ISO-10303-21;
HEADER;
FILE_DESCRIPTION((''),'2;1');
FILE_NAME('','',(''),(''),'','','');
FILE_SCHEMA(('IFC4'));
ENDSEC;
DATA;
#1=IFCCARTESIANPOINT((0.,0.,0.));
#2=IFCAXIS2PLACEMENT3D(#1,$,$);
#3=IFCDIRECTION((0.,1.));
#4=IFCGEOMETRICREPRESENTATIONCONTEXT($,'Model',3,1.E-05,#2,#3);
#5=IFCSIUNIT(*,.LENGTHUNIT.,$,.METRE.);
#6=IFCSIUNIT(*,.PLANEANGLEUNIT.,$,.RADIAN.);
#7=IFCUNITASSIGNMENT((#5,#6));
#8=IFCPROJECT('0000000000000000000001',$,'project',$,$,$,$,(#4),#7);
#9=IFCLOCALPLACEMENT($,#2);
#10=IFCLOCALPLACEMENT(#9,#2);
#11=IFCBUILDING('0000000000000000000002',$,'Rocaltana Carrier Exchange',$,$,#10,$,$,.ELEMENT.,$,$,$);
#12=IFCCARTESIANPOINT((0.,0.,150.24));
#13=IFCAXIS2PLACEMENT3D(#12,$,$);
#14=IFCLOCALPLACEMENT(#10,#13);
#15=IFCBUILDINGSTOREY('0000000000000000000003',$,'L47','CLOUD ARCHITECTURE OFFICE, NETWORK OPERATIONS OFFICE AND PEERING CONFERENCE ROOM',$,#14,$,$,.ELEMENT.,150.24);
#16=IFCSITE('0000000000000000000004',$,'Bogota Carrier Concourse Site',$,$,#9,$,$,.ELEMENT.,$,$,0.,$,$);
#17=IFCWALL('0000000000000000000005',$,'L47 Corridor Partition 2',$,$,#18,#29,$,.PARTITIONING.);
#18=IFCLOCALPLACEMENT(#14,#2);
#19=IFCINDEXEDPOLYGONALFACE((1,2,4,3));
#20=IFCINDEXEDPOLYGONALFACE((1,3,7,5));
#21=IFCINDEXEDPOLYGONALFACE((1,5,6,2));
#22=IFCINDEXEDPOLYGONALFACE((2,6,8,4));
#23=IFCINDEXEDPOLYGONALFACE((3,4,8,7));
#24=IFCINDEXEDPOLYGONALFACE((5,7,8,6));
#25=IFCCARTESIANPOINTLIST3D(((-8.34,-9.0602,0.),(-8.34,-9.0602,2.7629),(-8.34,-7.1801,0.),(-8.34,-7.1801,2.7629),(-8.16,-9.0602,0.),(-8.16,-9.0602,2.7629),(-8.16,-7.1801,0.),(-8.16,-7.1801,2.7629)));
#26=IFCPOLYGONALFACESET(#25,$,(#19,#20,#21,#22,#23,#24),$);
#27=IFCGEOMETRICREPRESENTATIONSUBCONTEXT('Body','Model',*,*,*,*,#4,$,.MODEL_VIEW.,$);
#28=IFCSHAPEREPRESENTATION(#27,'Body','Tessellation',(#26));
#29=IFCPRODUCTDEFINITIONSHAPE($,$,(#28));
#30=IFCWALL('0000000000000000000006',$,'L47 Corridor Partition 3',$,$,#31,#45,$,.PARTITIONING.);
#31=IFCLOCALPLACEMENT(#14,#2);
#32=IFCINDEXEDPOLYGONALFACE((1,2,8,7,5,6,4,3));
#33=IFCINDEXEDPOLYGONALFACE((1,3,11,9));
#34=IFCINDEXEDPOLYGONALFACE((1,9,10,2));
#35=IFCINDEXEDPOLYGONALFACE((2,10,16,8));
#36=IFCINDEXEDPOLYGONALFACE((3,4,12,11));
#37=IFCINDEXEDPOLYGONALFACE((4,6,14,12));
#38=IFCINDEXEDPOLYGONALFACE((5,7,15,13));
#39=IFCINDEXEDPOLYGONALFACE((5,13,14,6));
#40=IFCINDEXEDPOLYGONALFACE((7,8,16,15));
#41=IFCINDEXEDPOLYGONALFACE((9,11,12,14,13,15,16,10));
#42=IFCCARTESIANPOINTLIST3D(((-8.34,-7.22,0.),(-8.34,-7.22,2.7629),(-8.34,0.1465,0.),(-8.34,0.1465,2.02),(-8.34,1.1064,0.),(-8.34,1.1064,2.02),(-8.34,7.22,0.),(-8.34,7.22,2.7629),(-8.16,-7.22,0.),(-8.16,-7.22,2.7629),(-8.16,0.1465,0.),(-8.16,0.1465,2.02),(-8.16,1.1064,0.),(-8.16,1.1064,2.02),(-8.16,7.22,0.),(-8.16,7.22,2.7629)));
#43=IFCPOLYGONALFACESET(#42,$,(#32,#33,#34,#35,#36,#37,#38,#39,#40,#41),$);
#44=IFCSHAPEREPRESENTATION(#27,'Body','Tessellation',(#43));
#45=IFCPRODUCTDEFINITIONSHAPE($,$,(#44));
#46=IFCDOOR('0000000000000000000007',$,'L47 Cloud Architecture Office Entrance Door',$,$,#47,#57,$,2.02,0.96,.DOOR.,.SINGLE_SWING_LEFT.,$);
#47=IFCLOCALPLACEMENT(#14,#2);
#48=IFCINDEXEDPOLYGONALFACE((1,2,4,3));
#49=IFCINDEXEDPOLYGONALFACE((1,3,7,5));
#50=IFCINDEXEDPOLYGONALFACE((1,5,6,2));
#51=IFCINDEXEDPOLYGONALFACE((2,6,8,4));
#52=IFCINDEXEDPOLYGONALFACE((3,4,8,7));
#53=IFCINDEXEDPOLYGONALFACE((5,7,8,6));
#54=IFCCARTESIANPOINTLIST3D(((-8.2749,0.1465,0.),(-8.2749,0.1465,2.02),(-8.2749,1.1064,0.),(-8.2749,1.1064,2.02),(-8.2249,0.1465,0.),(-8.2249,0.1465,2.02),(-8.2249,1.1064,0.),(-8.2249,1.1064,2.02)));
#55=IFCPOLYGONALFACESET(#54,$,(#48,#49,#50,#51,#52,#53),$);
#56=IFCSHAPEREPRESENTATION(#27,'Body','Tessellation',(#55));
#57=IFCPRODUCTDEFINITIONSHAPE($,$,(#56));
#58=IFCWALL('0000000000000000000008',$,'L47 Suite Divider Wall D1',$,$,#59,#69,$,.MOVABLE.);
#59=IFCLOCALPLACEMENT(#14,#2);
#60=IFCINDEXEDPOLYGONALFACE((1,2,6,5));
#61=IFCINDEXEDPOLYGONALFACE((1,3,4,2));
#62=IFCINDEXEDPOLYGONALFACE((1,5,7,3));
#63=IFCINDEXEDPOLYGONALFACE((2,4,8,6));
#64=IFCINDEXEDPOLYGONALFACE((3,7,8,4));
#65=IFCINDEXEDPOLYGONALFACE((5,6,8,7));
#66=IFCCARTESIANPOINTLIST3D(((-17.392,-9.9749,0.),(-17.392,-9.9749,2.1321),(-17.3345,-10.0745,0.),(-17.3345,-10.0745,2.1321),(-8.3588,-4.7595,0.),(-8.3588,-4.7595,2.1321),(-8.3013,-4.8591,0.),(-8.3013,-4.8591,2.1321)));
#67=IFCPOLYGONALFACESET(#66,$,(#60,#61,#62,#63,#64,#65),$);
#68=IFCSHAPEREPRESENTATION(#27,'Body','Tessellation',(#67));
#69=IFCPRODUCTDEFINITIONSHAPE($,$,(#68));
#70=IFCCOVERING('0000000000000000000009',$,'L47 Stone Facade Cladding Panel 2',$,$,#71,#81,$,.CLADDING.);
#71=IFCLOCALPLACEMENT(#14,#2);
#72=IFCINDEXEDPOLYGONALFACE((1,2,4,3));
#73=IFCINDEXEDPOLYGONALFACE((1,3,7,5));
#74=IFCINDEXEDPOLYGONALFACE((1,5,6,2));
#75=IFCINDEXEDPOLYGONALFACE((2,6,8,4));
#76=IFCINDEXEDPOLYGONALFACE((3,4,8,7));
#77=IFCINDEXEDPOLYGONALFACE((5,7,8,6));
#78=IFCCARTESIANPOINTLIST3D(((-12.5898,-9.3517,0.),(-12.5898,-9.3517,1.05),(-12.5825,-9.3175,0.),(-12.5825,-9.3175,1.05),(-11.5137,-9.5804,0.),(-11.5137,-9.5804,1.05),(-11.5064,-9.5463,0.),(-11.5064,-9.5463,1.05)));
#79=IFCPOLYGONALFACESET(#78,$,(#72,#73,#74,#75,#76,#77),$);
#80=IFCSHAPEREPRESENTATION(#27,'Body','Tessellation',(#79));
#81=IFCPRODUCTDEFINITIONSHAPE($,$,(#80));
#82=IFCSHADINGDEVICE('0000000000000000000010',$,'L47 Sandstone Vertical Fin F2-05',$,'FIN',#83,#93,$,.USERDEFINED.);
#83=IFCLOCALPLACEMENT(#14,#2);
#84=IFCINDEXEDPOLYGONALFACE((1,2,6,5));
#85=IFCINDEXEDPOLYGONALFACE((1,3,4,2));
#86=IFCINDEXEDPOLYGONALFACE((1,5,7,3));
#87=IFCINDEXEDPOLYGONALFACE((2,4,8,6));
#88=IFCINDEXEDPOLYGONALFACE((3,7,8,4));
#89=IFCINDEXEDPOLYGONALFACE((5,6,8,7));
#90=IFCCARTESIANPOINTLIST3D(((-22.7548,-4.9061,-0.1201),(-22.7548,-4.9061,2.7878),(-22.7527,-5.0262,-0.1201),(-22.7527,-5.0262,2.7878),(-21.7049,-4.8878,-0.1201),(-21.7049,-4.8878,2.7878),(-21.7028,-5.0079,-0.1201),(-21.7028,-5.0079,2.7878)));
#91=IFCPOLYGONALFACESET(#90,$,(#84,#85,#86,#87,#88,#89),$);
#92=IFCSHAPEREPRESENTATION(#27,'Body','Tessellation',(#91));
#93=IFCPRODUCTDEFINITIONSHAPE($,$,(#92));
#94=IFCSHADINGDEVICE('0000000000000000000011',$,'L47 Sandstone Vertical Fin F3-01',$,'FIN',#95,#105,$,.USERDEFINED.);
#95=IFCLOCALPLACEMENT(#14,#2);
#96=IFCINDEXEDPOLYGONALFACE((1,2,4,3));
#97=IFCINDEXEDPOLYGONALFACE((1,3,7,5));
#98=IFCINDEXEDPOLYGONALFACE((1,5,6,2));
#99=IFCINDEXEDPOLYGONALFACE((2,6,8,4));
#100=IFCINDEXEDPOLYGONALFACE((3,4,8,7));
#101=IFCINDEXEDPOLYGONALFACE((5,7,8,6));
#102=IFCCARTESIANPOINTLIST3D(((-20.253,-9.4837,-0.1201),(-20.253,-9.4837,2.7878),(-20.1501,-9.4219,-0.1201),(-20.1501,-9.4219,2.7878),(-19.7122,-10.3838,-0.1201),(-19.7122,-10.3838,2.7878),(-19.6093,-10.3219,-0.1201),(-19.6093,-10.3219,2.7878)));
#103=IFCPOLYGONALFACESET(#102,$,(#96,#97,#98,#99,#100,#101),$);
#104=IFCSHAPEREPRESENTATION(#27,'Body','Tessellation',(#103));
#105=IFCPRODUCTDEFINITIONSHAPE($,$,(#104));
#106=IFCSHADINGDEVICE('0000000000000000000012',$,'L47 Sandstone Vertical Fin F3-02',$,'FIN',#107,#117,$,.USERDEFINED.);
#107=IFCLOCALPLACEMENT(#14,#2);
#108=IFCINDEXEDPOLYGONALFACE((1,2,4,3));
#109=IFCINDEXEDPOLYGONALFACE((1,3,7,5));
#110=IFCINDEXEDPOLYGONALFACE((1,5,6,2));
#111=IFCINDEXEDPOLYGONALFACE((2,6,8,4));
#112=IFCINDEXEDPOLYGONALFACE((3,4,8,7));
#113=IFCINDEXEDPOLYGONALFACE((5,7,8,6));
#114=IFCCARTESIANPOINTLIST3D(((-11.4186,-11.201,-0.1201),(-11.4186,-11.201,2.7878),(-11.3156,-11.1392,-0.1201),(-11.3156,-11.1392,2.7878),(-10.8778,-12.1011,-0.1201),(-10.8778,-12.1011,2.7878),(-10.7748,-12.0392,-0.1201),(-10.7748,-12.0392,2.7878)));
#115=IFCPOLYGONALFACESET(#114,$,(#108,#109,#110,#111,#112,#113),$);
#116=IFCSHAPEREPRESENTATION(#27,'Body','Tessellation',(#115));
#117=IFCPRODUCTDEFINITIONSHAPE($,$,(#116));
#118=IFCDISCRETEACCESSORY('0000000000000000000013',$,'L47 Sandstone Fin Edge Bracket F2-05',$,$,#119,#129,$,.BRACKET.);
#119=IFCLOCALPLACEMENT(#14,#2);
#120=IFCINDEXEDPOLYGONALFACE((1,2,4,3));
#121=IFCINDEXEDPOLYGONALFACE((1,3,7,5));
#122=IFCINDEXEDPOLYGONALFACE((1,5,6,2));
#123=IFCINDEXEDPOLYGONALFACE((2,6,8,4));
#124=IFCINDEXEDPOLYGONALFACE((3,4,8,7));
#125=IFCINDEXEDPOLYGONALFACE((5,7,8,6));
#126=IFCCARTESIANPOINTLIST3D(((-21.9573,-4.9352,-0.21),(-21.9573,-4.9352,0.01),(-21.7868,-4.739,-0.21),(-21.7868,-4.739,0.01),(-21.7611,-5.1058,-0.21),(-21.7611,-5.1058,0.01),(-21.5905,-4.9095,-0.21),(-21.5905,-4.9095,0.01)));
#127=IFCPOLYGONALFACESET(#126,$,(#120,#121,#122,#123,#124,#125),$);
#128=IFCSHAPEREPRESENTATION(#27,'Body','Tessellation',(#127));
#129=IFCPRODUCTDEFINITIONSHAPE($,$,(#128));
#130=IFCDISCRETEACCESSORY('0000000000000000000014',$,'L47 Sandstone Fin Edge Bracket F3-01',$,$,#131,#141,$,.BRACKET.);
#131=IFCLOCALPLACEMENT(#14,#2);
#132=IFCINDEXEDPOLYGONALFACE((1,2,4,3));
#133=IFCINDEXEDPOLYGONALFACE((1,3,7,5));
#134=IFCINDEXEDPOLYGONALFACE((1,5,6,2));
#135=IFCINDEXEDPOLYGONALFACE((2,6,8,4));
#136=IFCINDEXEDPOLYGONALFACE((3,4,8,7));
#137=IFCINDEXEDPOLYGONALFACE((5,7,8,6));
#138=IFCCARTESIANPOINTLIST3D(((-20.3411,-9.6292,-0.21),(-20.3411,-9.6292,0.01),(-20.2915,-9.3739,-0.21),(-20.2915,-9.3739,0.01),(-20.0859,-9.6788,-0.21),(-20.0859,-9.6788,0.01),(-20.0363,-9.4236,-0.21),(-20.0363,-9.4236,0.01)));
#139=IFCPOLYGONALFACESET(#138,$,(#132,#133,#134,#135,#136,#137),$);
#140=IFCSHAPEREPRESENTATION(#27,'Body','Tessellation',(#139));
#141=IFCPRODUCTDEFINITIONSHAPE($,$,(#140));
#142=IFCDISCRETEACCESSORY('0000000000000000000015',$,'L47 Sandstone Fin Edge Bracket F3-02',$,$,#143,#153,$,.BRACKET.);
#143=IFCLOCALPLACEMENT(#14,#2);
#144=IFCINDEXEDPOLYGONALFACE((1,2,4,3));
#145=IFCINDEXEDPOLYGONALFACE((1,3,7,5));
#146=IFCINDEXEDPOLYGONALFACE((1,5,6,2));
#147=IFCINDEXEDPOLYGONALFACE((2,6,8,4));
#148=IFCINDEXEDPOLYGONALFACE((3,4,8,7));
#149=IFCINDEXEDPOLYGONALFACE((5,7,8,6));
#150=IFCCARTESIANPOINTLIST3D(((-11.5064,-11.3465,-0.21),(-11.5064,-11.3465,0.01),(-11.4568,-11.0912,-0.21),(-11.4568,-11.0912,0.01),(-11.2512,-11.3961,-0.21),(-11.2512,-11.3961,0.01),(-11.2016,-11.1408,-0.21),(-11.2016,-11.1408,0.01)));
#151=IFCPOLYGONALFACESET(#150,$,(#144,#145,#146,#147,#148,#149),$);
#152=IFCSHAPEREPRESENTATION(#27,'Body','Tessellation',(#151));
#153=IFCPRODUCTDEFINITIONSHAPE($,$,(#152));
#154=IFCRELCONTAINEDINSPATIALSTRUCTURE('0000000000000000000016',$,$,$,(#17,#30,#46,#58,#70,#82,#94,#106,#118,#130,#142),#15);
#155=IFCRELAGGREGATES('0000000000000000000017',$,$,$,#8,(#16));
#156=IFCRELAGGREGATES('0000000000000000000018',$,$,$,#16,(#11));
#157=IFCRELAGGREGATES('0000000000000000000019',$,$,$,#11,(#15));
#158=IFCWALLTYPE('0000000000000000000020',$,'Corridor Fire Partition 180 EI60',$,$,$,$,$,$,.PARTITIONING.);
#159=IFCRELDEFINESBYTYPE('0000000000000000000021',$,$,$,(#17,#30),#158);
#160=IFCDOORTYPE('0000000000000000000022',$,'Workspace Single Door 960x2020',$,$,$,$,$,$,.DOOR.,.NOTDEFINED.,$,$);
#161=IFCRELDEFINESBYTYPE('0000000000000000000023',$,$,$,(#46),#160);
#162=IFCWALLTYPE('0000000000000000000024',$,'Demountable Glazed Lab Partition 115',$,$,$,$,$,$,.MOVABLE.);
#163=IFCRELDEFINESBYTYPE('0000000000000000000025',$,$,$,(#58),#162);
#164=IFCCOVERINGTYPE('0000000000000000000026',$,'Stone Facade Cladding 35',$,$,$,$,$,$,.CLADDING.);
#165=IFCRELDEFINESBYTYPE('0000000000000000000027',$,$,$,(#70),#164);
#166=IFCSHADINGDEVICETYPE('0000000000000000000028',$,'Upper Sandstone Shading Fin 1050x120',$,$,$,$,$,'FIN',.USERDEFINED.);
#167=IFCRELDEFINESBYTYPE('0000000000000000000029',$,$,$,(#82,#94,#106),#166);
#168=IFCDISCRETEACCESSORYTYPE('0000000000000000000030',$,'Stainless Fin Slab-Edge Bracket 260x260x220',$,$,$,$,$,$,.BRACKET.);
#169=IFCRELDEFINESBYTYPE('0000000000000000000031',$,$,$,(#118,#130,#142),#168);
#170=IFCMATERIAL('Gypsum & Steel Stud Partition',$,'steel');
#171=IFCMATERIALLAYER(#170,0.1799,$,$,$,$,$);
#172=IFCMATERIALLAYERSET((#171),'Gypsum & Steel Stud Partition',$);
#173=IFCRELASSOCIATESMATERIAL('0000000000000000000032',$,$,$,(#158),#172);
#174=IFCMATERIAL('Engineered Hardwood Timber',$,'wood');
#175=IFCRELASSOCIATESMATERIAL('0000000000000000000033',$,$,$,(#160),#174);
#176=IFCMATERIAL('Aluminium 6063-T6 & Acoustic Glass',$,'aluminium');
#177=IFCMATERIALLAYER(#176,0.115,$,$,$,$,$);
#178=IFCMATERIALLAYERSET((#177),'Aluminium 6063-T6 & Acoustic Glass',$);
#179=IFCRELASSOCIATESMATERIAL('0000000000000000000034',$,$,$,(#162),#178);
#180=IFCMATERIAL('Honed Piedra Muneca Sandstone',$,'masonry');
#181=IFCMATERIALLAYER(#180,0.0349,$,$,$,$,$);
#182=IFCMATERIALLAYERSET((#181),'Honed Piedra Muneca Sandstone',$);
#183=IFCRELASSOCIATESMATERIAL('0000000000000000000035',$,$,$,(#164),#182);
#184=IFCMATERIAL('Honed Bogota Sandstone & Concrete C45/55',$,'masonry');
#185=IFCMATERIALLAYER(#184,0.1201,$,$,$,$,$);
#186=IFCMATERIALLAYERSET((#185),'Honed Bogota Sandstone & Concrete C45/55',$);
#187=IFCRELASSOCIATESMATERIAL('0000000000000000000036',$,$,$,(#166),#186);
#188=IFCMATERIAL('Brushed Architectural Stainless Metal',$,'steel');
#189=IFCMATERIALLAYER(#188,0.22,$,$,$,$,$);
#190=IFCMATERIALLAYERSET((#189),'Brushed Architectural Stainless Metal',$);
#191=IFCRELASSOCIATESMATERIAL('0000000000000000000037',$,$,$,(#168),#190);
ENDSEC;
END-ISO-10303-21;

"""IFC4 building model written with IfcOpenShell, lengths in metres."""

from ifc_helpers import new_model, si_unit, direction, frame, frame_2d, origin, origin_2d, place, context, subcontext, project, spatial, rectangle, extrude, material, layer, layer_set, type_object, element, fill, save


model = new_model("IFC4")

# Units and contexts
model_context = context("Model", 3, precision=1e-05, world=origin(), true_north=direction((0.0, 1.0)))
body_context = subcontext(model_context, "Body", "Model", "MODEL_VIEW")
ifc_project = project(units=[si_unit("LENGTHUNIT", "METRE"), si_unit("PLANEANGLEUNIT", "RADIAN")], contexts=[model_context])

# Site, building, storey
site_placement = place(None, origin())
site = spatial("IfcSite", under=ifc_project, at=site_placement, Name="Bogota Carrier Concourse Site", CompositionType="ELEMENT", RefElevation=0.0)
building_placement = place(site_placement, origin())
building = spatial("IfcBuilding", under=site, at=building_placement, Name="Rocaltana Carrier Exchange", CompositionType="ELEMENT")
storey_placement = place(building_placement, frame((0.0, 0.0, 150.24)))
storey = spatial("IfcBuildingStorey", under=building, at=storey_placement, Name="L47", Description="CLOUD ARCHITECTURE OFFICE, NETWORK OPERATIONS OFFICE AND PEERING CONFERENCE ROOM", CompositionType="ELEMENT", Elevation=150.24)

# Wall
ifc_material_1 = material(Name="Gypsum & Steel Stud Partition", Category="steel")
ifc_layer_1 = layer(ifc_material_1, 0.1799)
ifc_layer_set_1 = layer_set([ifc_layer_1], Name="Gypsum & Steel Stud Partition")
wall_type_1 = type_object("IfcWallType", Name="Corridor Fire Partition 180 EI60", PredefinedType="PARTITIONING", material=ifc_layer_set_1)
wall_1_placement = place(storey_placement, frame((-8.25, -9.0601, 0.0), z_axis=(0.0, 0.0, 1.0), x_axis=(0.0, 1.0, 0.0)))
element("IfcWall", 1, at=wall_1_placement, inside=storey, type_object=wall_type_1, Name="L47 Corridor Partition 2", PredefinedType="PARTITIONING", context=body_context, shape_type="SweptSolid", body=[
    extrude(rectangle(XDim=1.8801, YDim=0.1799, at=frame_2d((0.9399, 0.0))), origin(), (0.0, 0.0, 1.0), 2.7629),
])

# Wall, opening, door
wall_2_placement = place(storey_placement, frame((-8.25, -7.22, 0.0), z_axis=(0.0, 0.0, 1.0), x_axis=(0.0, 1.0, 0.0)))
wall_2 = element("IfcWall", 2, at=wall_2_placement, inside=storey, type_object=wall_type_1, Name="L47 Corridor Partition 3", PredefinedType="PARTITIONING", context=body_context, shape_type="SweptSolid", body=[
    extrude(rectangle(XDim=14.4399, YDim=0.1799, at=frame_2d((7.22, 0.0))), origin(), (0.0, 0.0, 1.0), 2.7629),
])
opening_placement = place(wall_2_placement, frame((7.3665, 0.0, 0.0)))
opening = element("IfcOpeningElement", 3, at=opening_placement, cuts=wall_2, PredefinedType="OPENING", context=body_context, shape_type="SweptSolid", body=[
    extrude(rectangle(XDim=0.96, YDim=2.02, at=frame_2d((0.48, 1.01))), frame((0.0, 0.0999, 0.0), z_axis=(0.0, -1.0, 0.0), x_axis=(1.0, 0.0, 0.0)), (0.0, 0.0, 1.0), 0.2),
])
ifc_material_2 = material(Name="Engineered Hardwood Timber", Category="wood")
door_type = type_object("IfcDoorType", Name="Workspace Single Door 960x2020", OperationType="NOTDEFINED", PredefinedType="DOOR", material=ifc_material_2)
door_placement = place(opening_placement, origin())
door = element("IfcDoor", 4, at=door_placement, inside=storey, type_object=door_type, Name="L47 Cloud Architecture Office Entrance Door", OperationType="SINGLE_SWING_LEFT", OverallHeight=2.02, OverallWidth=0.96, PredefinedType="DOOR", context=body_context, shape_type="SweptSolid", body=[
    extrude(rectangle(XDim=0.96, YDim=2.02, at=frame_2d((0.48, 1.01))), frame((0.0, 0.0249, 0.0), z_axis=(0.0, -1.0, 0.0), x_axis=(1.0, 0.0, 0.0)), (0.0, 0.0, 1.0), 0.05),
])
fill(opening, door)

# Wall
ifc_material_3 = material(Name="Aluminium 6063-T6 & Acoustic Glass", Category="aluminium")
ifc_layer_2 = layer(ifc_material_3, 0.115)
ifc_layer_set_2 = layer_set([ifc_layer_2], Name="Aluminium 6063-T6 & Acoustic Glass")
wall_type_2 = type_object("IfcWallType", Name="Demountable Glazed Lab Partition 115", PredefinedType="MOVABLE", material=ifc_layer_set_2)
wall_3_placement = place(storey_placement, frame((-8.3301, -4.8093, 0.0), z_axis=(0.0, 0.0, 1.0), x_axis=(-0.866025, -0.500001, 0.0)))
element("IfcWall", 5, at=wall_3_placement, inside=storey, type_object=wall_type_2, Name="L47 Suite Divider Wall D1", PredefinedType="MOVABLE", context=body_context, shape_type="SweptSolid", body=[
    extrude(rectangle(XDim=10.4307, YDim=0.115, at=frame_2d((5.2153, 0.0))), origin(), (0.0, 0.0, 1.0), 2.1321),
])

# Covering
ifc_material_4 = material(Name="Honed Piedra Muneca Sandstone", Category="masonry")
ifc_layer_3 = layer(ifc_material_4, 0.0349)
ifc_layer_set_3 = layer_set([ifc_layer_3], Name="Honed Piedra Muneca Sandstone")
covering_type = type_object("IfcCoveringType", Name="Stone Facade Cladding 35", PredefinedType="CLADDING", material=ifc_layer_set_3)
covering_placement = place(storey_placement, frame((-12.0481, -9.449, 0.0), z_axis=(0.0, 0.0, 1.0), x_axis=(-0.978148, 0.207912, 0.0)))
element("IfcCovering", 6, at=covering_placement, inside=storey, type_object=covering_type, Name="L47 Stone Facade Cladding Panel 2", PredefinedType="CLADDING", context=body_context, shape_type="SweptSolid", body=[
    extrude(rectangle(XDim=1.1001, YDim=0.0349, at=origin_2d()), origin(), (0.0, 0.0, 1.0), 1.05),
])

# Shading devices
ifc_material_5 = material(Name="Honed Bogota Sandstone & Concrete C45/55", Category="masonry")
ifc_layer_4 = layer(ifc_material_5, 0.1201)
ifc_layer_set_4 = layer_set([ifc_layer_4], Name="Honed Bogota Sandstone & Concrete C45/55")
shading_device_type = type_object("IfcShadingDeviceType", Name="Upper Sandstone Shading Fin 1050x120", ElementType="FIN", PredefinedType="USERDEFINED", material=ifc_layer_set_4)
for number, where, z_axis, x_axis, name in (
    (7, (-22.2288, -4.957, -0.1201), (0.0, 0.0, 1.0), (-0.999848, -0.017452, 0.0), "L47 Sandstone Vertical Fin F2-05"),
    (8, (-19.9312, -9.9028, -0.1201), (0.0, 0.0, 1.0), (0.515038, -0.857167, 0.0), "L47 Sandstone Vertical Fin F3-01"),
    (9, (-11.0967, -11.6201, -0.1201), (0.0, 0.0, 1.0), (0.515038, -0.857167, 0.0), "L47 Sandstone Vertical Fin F3-02"),
):
    element("IfcShadingDevice", number, at=place(storey_placement, frame(where, z_axis=z_axis, x_axis=x_axis)), inside=storey, type_object=shading_device_type, Name=name, ObjectType="FIN", PredefinedType="USERDEFINED", context=body_context, shape_type="SweptSolid", body=[
        extrude(rectangle(XDim=1.05, YDim=0.1201, at=origin_2d()), origin(), (0.0, 0.0, 1.0), 2.908),
    ])

# Discrete accessories
ifc_material_6 = material(Name="Brushed Architectural Stainless Metal", Category="steel")
ifc_layer_5 = layer(ifc_material_6, 0.22)
ifc_layer_set_5 = layer_set([ifc_layer_5], Name="Brushed Architectural Stainless Metal")
discrete_accessory_type = type_object("IfcDiscreteAccessoryType", Name="Stainless Fin Slab-Edge Bracket 260x260x220", PredefinedType="BRACKET", material=ifc_layer_set_5)
for number, where, z_axis, x_axis, name in (
    (10, (-21.7739, -4.9224, -0.21), (0.0, 0.0, 1.0), (-0.656059, -0.75471, 0.0), "L47 Sandstone Fin Edge Bracket F2-05"),
    (11, (-20.1887, -9.5264, -0.21), (0.0, 0.0, 1.0), (0.981627, -0.190809, 0.0), "L47 Sandstone Fin Edge Bracket F3-01"),
    (12, (-11.354, -11.2437, -0.21), (0.0, 0.0, 1.0), (0.981627, -0.190809, 0.0), "L47 Sandstone Fin Edge Bracket F3-02"),
):
    element("IfcDiscreteAccessory", number, at=place(storey_placement, frame(where, z_axis=z_axis, x_axis=x_axis)), inside=storey, type_object=discrete_accessory_type, Name=name, PredefinedType="BRACKET", context=body_context, shape_type="SweptSolid", body=[
        extrude(rectangle(XDim=0.26, YDim=0.26, at=origin_2d()), origin(), (0.0, 0.0, 1.0), 0.22),
    ])

save(model, "model.ifc")
